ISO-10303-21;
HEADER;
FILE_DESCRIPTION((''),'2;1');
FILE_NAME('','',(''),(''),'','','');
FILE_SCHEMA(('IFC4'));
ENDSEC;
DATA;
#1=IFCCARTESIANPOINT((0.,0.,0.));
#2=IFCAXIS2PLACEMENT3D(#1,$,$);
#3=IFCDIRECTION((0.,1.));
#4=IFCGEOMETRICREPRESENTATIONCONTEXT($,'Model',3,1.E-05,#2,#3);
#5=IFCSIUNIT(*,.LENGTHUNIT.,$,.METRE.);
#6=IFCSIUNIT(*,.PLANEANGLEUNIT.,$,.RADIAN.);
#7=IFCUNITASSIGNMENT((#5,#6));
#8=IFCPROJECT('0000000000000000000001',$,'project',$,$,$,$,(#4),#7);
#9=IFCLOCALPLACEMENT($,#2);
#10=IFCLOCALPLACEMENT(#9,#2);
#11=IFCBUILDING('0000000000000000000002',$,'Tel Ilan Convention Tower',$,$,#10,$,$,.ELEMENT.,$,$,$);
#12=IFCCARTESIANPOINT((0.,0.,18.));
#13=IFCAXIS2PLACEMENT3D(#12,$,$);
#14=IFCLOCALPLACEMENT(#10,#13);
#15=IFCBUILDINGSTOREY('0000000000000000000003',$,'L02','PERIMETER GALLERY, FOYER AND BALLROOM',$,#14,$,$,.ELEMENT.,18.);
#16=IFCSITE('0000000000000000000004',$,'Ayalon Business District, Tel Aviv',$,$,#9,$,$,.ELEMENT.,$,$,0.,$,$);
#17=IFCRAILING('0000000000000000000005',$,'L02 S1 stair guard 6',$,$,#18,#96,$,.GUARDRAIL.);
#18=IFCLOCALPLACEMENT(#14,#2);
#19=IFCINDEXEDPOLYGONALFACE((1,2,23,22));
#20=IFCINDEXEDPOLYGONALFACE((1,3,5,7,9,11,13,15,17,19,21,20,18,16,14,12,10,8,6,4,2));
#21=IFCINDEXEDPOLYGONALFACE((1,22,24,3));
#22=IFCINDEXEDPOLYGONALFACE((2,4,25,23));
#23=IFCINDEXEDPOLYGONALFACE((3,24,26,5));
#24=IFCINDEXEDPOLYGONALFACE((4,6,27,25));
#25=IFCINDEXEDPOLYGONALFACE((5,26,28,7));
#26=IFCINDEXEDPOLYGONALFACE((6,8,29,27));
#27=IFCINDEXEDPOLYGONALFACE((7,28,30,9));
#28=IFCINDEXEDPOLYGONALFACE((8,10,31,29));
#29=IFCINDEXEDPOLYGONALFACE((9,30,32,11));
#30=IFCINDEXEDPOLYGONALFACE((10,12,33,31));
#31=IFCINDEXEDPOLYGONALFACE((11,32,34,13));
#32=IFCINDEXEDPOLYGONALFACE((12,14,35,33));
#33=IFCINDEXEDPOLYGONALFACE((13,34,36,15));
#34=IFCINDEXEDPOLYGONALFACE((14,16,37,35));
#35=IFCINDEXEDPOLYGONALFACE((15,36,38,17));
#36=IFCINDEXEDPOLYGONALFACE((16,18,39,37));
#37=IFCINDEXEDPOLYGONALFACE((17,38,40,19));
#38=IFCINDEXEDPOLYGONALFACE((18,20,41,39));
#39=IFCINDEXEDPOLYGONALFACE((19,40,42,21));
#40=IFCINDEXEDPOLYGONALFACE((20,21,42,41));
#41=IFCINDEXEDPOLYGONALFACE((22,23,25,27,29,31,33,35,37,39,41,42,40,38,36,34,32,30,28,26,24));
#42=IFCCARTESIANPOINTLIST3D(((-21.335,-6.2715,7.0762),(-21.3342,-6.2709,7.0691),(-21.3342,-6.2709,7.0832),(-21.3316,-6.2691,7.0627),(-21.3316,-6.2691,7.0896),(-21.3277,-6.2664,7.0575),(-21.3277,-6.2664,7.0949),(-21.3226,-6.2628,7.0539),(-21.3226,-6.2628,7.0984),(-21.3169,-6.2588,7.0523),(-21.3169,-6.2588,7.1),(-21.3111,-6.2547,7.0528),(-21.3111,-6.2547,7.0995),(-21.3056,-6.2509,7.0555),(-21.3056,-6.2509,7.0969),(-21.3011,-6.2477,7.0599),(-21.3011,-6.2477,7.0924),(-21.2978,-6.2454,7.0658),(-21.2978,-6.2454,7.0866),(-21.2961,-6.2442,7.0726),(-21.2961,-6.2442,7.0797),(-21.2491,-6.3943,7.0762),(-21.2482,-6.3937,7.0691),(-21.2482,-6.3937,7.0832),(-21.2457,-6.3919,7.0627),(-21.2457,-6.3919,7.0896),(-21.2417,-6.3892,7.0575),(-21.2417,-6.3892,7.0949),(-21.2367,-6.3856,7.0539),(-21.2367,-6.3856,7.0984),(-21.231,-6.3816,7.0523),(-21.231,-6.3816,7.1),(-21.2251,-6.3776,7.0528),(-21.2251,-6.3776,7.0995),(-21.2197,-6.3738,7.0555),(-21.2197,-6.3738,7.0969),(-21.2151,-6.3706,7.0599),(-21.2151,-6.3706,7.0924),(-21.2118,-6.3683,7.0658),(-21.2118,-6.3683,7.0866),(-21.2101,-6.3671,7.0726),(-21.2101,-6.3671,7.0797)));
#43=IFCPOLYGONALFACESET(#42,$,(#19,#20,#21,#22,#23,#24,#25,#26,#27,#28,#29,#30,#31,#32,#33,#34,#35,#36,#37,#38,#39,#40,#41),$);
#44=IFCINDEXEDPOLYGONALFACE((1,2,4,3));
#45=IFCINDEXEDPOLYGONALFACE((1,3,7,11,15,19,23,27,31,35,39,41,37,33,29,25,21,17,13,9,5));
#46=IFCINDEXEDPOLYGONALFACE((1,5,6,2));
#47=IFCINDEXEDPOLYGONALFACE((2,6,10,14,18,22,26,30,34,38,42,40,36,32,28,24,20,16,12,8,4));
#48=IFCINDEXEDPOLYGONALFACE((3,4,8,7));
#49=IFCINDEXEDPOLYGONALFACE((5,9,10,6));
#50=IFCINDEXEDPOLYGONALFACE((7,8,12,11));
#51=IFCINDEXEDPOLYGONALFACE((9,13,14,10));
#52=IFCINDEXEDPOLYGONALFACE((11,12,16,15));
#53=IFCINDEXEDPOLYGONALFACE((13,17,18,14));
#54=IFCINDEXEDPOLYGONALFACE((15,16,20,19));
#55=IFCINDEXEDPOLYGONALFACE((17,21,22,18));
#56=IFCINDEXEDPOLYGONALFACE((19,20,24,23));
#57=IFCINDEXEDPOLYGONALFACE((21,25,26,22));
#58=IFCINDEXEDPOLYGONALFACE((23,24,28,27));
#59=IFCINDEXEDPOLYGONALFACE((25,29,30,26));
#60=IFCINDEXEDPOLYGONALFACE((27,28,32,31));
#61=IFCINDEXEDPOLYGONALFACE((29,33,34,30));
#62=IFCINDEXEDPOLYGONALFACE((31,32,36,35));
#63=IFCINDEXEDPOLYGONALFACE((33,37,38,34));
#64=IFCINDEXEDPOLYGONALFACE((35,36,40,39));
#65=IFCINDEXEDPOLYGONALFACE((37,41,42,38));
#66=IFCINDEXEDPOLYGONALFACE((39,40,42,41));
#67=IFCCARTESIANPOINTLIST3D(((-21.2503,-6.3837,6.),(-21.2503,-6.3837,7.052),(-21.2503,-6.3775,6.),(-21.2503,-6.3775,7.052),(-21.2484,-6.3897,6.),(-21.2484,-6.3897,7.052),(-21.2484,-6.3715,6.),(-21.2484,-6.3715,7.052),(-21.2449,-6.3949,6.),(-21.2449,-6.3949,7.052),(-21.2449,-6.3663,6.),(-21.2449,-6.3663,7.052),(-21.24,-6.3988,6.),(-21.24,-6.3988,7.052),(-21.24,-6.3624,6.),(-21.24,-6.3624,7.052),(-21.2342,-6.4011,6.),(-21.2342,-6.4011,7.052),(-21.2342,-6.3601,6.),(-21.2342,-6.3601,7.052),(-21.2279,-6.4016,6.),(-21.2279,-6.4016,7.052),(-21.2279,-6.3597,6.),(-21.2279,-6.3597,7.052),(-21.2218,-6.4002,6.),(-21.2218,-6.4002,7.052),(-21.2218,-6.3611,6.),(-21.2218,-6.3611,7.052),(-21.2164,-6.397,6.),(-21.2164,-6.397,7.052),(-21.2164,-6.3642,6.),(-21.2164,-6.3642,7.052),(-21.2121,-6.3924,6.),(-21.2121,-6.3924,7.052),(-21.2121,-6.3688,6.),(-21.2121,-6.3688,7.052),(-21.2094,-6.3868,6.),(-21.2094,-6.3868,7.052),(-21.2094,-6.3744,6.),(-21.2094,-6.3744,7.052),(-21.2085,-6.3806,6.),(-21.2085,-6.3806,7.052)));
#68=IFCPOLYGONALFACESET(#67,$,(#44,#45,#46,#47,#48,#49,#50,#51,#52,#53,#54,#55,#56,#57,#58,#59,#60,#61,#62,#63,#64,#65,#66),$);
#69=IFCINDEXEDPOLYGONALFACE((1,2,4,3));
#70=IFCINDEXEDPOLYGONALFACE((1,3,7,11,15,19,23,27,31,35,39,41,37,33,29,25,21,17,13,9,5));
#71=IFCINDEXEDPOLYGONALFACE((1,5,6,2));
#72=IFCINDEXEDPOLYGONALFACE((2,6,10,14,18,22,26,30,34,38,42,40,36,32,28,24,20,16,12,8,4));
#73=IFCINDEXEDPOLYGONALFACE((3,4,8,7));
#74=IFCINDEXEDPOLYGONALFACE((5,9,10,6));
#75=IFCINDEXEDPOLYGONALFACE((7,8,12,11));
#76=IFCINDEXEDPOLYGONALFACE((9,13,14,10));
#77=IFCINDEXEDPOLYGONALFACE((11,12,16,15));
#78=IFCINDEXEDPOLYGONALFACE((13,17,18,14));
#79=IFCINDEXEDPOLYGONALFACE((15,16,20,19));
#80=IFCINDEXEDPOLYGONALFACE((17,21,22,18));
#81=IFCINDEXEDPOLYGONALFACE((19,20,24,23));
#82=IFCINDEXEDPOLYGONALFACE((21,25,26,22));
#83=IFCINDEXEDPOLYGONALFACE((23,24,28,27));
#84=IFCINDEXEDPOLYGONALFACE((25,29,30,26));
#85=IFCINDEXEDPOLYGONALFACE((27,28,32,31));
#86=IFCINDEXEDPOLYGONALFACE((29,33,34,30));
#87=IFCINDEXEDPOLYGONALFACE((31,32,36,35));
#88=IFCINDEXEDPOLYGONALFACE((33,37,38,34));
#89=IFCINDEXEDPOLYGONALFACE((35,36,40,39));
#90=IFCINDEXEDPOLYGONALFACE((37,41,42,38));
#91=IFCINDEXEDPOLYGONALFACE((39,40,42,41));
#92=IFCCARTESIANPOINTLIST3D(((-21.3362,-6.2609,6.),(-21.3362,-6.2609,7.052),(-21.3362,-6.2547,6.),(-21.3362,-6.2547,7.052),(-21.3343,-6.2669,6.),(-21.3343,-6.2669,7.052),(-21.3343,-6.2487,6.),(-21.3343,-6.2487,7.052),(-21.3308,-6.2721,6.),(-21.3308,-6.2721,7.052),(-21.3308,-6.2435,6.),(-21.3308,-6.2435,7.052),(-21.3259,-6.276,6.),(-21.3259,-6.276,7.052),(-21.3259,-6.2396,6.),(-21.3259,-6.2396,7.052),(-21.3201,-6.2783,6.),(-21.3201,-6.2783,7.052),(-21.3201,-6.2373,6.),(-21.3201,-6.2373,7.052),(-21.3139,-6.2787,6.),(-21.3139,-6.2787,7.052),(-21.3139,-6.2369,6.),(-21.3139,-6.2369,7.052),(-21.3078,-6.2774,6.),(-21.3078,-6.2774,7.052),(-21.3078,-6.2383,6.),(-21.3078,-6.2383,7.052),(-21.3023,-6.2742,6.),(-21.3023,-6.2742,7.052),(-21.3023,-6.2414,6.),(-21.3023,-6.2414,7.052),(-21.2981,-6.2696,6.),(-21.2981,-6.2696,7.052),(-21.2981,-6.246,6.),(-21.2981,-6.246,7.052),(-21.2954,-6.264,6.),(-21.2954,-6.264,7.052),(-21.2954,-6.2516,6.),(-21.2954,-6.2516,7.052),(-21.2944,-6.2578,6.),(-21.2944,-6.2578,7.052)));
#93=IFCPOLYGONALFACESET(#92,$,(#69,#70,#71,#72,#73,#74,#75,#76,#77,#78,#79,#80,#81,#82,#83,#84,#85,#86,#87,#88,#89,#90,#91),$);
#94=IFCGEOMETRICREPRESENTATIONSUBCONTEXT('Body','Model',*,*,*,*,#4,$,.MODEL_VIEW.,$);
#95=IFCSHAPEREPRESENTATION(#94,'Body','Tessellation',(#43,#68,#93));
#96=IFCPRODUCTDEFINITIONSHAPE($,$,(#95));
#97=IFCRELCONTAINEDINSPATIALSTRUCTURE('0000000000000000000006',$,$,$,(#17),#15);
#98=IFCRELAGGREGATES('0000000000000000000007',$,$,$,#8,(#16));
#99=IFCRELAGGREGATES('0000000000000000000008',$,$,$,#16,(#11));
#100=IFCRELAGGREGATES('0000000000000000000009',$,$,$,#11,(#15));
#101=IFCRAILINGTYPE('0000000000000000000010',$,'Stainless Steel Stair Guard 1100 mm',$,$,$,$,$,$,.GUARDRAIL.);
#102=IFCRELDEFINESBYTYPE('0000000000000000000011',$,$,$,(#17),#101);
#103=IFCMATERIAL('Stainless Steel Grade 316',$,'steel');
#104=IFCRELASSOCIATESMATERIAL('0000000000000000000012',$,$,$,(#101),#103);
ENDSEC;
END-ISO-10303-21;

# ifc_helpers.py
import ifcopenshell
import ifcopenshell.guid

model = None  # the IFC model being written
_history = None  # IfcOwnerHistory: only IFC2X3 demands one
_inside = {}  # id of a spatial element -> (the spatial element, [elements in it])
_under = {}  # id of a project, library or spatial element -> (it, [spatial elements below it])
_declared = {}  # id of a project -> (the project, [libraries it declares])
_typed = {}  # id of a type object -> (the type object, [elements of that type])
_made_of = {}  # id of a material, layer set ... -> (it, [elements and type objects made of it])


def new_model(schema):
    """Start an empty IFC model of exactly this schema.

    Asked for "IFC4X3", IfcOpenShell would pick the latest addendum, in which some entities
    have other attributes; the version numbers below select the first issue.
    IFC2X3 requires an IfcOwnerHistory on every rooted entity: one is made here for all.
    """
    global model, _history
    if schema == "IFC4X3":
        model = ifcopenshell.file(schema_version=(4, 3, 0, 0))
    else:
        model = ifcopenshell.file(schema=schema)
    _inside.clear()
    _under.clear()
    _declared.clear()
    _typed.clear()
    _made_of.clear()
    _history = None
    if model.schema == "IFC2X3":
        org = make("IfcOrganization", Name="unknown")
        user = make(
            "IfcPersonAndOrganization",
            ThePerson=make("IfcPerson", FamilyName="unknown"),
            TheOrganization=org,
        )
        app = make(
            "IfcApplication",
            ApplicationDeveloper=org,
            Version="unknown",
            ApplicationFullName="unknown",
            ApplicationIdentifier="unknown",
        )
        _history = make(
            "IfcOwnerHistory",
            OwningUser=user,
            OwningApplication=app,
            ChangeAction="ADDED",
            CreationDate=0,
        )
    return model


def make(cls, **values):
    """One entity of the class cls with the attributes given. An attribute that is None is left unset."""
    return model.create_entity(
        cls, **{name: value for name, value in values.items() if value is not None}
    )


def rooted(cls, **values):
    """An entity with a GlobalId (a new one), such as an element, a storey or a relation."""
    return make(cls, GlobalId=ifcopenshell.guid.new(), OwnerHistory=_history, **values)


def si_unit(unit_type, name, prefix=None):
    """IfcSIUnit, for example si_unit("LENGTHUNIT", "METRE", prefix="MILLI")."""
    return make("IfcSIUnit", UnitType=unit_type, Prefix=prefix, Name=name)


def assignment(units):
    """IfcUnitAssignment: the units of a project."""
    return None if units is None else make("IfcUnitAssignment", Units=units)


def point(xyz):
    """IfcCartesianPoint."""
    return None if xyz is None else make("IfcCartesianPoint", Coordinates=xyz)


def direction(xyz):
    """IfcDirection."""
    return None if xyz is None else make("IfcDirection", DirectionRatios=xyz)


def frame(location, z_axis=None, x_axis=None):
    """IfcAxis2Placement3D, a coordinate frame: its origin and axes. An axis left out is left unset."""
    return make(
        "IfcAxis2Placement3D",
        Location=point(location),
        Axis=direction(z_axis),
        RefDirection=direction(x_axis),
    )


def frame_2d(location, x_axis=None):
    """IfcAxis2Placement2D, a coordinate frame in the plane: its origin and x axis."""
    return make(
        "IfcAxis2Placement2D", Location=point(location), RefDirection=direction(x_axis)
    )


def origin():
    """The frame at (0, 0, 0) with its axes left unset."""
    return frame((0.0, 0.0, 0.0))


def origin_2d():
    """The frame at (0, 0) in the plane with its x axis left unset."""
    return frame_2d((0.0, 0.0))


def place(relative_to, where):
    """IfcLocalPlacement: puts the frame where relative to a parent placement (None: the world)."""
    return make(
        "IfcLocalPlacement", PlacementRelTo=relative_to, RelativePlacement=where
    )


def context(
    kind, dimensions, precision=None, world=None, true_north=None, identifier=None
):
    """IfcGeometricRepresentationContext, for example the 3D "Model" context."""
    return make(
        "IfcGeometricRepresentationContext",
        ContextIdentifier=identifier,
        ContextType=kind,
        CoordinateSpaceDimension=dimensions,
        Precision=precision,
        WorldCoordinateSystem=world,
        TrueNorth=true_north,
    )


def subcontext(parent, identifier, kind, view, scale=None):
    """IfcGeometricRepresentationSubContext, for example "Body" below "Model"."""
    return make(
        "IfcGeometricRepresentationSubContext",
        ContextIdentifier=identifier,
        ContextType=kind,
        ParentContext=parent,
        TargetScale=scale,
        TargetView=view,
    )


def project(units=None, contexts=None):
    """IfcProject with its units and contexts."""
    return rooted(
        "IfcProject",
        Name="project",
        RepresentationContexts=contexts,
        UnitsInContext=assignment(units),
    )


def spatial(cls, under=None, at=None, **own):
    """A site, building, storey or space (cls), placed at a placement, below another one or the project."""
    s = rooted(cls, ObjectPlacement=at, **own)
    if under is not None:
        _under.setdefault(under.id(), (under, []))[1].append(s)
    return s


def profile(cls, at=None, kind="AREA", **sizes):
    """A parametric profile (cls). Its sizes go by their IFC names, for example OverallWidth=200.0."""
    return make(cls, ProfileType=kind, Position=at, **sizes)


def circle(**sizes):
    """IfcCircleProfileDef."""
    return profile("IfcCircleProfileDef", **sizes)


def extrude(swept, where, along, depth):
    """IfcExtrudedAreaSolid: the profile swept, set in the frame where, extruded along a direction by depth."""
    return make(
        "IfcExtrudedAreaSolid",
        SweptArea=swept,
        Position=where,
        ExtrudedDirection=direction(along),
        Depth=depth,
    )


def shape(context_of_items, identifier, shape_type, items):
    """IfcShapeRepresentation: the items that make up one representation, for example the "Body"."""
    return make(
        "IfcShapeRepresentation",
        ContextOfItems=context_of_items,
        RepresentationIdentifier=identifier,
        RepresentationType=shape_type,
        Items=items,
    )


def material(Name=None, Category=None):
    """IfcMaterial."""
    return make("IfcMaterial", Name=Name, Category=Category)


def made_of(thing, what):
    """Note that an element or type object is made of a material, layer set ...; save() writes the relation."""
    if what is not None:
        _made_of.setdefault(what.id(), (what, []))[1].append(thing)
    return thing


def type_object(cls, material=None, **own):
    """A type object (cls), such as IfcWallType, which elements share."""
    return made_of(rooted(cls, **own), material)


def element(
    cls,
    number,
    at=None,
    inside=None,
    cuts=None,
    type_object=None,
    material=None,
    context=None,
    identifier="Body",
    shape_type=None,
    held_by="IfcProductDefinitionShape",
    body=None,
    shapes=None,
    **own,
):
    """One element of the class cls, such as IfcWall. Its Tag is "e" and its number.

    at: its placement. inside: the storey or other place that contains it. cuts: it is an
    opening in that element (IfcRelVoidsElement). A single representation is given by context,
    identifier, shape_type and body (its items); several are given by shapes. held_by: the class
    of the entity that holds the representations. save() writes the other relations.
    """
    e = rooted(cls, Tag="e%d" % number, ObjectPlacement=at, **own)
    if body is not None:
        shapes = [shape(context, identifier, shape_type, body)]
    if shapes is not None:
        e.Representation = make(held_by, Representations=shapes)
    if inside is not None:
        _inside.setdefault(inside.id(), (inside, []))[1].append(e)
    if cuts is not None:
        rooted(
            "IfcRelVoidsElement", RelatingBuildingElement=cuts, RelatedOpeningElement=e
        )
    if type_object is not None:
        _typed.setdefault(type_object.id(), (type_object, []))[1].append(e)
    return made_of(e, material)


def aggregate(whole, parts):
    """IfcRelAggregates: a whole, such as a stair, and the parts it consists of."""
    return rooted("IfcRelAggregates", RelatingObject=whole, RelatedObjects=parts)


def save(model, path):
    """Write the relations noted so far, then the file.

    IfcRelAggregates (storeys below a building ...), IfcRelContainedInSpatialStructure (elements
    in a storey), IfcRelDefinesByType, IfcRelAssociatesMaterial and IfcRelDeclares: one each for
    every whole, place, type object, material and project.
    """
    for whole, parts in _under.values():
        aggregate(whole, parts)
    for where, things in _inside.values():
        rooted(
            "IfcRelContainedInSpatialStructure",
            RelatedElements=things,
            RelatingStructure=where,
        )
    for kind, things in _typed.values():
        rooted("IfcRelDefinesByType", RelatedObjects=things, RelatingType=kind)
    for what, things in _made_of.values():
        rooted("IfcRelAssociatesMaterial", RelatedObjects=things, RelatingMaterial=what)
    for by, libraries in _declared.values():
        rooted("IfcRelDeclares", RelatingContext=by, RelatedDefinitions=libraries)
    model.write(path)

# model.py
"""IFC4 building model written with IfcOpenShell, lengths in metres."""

from ifc_helpers import new_model, si_unit, direction, frame, origin, origin_2d, place, context, subcontext, project, spatial, circle, extrude, material, type_object, element, save


model = new_model("IFC4")

# Units and contexts
model_context = context("Model", 3, precision=1e-05, world=origin(), true_north=direction((0.0, 1.0)))
body_context = subcontext(model_context, "Body", "Model", "MODEL_VIEW")
ifc_project = project(units=[si_unit("LENGTHUNIT", "METRE"), si_unit("PLANEANGLEUNIT", "RADIAN")], contexts=[model_context])

# Site, building, storey
site_placement = place(None, origin())
site = spatial("IfcSite", under=ifc_project, at=site_placement, Name="Ayalon Business District, Tel Aviv", CompositionType="ELEMENT", RefElevation=0.0)
building_placement = place(site_placement, origin())
building = spatial("IfcBuilding", under=site, at=building_placement, Name="Tel Ilan Convention Tower", CompositionType="ELEMENT")
storey_placement = place(building_placement, frame((0.0, 0.0, 18.0)))
storey = spatial("IfcBuildingStorey", under=building, at=storey_placement, Name="L02", Description="PERIMETER GALLERY, FOYER AND BALLROOM", CompositionType="ELEMENT", Elevation=18.0)

# Railing
ifc_material_1 = material(Name="Stainless Steel Grade 316", Category="steel")
railing_type_1 = type_object("IfcRailingType", Name="Stainless Steel Stair Guard 1100 mm", PredefinedType="GUARDRAIL", material=ifc_material_1)
railing_1_placement = place(storey_placement, frame((-21.2295, -6.3806, 6.0)))
element("IfcRailing", 1, at=railing_1_placement, inside=storey, type_object=railing_type_1, Name="L02 S1 stair guard 6", PredefinedType="GUARDRAIL", context=body_context, shape_type="SweptSolid", body=[
    extrude(circle(Radius=0.0239, at=origin_2d()), frame((0.0, 0.0, 1.0762), z_axis=(-0.573353, 0.819308, 0.0), x_axis=(-0.819308, -0.573353, 0.0)), (0.0, 0.0, 1.0), 0.1499),
    extrude(circle(Radius=0.021, at=origin_2d()), origin(), (0.0, 0.0, 1.0), 1.052),
    extrude(circle(Radius=0.021, at=origin_2d()), frame((-0.0859, 0.1228, 0.0)), (0.0, 0.0, 1.0), 1.052),
])

save(model, "model.ifc")
